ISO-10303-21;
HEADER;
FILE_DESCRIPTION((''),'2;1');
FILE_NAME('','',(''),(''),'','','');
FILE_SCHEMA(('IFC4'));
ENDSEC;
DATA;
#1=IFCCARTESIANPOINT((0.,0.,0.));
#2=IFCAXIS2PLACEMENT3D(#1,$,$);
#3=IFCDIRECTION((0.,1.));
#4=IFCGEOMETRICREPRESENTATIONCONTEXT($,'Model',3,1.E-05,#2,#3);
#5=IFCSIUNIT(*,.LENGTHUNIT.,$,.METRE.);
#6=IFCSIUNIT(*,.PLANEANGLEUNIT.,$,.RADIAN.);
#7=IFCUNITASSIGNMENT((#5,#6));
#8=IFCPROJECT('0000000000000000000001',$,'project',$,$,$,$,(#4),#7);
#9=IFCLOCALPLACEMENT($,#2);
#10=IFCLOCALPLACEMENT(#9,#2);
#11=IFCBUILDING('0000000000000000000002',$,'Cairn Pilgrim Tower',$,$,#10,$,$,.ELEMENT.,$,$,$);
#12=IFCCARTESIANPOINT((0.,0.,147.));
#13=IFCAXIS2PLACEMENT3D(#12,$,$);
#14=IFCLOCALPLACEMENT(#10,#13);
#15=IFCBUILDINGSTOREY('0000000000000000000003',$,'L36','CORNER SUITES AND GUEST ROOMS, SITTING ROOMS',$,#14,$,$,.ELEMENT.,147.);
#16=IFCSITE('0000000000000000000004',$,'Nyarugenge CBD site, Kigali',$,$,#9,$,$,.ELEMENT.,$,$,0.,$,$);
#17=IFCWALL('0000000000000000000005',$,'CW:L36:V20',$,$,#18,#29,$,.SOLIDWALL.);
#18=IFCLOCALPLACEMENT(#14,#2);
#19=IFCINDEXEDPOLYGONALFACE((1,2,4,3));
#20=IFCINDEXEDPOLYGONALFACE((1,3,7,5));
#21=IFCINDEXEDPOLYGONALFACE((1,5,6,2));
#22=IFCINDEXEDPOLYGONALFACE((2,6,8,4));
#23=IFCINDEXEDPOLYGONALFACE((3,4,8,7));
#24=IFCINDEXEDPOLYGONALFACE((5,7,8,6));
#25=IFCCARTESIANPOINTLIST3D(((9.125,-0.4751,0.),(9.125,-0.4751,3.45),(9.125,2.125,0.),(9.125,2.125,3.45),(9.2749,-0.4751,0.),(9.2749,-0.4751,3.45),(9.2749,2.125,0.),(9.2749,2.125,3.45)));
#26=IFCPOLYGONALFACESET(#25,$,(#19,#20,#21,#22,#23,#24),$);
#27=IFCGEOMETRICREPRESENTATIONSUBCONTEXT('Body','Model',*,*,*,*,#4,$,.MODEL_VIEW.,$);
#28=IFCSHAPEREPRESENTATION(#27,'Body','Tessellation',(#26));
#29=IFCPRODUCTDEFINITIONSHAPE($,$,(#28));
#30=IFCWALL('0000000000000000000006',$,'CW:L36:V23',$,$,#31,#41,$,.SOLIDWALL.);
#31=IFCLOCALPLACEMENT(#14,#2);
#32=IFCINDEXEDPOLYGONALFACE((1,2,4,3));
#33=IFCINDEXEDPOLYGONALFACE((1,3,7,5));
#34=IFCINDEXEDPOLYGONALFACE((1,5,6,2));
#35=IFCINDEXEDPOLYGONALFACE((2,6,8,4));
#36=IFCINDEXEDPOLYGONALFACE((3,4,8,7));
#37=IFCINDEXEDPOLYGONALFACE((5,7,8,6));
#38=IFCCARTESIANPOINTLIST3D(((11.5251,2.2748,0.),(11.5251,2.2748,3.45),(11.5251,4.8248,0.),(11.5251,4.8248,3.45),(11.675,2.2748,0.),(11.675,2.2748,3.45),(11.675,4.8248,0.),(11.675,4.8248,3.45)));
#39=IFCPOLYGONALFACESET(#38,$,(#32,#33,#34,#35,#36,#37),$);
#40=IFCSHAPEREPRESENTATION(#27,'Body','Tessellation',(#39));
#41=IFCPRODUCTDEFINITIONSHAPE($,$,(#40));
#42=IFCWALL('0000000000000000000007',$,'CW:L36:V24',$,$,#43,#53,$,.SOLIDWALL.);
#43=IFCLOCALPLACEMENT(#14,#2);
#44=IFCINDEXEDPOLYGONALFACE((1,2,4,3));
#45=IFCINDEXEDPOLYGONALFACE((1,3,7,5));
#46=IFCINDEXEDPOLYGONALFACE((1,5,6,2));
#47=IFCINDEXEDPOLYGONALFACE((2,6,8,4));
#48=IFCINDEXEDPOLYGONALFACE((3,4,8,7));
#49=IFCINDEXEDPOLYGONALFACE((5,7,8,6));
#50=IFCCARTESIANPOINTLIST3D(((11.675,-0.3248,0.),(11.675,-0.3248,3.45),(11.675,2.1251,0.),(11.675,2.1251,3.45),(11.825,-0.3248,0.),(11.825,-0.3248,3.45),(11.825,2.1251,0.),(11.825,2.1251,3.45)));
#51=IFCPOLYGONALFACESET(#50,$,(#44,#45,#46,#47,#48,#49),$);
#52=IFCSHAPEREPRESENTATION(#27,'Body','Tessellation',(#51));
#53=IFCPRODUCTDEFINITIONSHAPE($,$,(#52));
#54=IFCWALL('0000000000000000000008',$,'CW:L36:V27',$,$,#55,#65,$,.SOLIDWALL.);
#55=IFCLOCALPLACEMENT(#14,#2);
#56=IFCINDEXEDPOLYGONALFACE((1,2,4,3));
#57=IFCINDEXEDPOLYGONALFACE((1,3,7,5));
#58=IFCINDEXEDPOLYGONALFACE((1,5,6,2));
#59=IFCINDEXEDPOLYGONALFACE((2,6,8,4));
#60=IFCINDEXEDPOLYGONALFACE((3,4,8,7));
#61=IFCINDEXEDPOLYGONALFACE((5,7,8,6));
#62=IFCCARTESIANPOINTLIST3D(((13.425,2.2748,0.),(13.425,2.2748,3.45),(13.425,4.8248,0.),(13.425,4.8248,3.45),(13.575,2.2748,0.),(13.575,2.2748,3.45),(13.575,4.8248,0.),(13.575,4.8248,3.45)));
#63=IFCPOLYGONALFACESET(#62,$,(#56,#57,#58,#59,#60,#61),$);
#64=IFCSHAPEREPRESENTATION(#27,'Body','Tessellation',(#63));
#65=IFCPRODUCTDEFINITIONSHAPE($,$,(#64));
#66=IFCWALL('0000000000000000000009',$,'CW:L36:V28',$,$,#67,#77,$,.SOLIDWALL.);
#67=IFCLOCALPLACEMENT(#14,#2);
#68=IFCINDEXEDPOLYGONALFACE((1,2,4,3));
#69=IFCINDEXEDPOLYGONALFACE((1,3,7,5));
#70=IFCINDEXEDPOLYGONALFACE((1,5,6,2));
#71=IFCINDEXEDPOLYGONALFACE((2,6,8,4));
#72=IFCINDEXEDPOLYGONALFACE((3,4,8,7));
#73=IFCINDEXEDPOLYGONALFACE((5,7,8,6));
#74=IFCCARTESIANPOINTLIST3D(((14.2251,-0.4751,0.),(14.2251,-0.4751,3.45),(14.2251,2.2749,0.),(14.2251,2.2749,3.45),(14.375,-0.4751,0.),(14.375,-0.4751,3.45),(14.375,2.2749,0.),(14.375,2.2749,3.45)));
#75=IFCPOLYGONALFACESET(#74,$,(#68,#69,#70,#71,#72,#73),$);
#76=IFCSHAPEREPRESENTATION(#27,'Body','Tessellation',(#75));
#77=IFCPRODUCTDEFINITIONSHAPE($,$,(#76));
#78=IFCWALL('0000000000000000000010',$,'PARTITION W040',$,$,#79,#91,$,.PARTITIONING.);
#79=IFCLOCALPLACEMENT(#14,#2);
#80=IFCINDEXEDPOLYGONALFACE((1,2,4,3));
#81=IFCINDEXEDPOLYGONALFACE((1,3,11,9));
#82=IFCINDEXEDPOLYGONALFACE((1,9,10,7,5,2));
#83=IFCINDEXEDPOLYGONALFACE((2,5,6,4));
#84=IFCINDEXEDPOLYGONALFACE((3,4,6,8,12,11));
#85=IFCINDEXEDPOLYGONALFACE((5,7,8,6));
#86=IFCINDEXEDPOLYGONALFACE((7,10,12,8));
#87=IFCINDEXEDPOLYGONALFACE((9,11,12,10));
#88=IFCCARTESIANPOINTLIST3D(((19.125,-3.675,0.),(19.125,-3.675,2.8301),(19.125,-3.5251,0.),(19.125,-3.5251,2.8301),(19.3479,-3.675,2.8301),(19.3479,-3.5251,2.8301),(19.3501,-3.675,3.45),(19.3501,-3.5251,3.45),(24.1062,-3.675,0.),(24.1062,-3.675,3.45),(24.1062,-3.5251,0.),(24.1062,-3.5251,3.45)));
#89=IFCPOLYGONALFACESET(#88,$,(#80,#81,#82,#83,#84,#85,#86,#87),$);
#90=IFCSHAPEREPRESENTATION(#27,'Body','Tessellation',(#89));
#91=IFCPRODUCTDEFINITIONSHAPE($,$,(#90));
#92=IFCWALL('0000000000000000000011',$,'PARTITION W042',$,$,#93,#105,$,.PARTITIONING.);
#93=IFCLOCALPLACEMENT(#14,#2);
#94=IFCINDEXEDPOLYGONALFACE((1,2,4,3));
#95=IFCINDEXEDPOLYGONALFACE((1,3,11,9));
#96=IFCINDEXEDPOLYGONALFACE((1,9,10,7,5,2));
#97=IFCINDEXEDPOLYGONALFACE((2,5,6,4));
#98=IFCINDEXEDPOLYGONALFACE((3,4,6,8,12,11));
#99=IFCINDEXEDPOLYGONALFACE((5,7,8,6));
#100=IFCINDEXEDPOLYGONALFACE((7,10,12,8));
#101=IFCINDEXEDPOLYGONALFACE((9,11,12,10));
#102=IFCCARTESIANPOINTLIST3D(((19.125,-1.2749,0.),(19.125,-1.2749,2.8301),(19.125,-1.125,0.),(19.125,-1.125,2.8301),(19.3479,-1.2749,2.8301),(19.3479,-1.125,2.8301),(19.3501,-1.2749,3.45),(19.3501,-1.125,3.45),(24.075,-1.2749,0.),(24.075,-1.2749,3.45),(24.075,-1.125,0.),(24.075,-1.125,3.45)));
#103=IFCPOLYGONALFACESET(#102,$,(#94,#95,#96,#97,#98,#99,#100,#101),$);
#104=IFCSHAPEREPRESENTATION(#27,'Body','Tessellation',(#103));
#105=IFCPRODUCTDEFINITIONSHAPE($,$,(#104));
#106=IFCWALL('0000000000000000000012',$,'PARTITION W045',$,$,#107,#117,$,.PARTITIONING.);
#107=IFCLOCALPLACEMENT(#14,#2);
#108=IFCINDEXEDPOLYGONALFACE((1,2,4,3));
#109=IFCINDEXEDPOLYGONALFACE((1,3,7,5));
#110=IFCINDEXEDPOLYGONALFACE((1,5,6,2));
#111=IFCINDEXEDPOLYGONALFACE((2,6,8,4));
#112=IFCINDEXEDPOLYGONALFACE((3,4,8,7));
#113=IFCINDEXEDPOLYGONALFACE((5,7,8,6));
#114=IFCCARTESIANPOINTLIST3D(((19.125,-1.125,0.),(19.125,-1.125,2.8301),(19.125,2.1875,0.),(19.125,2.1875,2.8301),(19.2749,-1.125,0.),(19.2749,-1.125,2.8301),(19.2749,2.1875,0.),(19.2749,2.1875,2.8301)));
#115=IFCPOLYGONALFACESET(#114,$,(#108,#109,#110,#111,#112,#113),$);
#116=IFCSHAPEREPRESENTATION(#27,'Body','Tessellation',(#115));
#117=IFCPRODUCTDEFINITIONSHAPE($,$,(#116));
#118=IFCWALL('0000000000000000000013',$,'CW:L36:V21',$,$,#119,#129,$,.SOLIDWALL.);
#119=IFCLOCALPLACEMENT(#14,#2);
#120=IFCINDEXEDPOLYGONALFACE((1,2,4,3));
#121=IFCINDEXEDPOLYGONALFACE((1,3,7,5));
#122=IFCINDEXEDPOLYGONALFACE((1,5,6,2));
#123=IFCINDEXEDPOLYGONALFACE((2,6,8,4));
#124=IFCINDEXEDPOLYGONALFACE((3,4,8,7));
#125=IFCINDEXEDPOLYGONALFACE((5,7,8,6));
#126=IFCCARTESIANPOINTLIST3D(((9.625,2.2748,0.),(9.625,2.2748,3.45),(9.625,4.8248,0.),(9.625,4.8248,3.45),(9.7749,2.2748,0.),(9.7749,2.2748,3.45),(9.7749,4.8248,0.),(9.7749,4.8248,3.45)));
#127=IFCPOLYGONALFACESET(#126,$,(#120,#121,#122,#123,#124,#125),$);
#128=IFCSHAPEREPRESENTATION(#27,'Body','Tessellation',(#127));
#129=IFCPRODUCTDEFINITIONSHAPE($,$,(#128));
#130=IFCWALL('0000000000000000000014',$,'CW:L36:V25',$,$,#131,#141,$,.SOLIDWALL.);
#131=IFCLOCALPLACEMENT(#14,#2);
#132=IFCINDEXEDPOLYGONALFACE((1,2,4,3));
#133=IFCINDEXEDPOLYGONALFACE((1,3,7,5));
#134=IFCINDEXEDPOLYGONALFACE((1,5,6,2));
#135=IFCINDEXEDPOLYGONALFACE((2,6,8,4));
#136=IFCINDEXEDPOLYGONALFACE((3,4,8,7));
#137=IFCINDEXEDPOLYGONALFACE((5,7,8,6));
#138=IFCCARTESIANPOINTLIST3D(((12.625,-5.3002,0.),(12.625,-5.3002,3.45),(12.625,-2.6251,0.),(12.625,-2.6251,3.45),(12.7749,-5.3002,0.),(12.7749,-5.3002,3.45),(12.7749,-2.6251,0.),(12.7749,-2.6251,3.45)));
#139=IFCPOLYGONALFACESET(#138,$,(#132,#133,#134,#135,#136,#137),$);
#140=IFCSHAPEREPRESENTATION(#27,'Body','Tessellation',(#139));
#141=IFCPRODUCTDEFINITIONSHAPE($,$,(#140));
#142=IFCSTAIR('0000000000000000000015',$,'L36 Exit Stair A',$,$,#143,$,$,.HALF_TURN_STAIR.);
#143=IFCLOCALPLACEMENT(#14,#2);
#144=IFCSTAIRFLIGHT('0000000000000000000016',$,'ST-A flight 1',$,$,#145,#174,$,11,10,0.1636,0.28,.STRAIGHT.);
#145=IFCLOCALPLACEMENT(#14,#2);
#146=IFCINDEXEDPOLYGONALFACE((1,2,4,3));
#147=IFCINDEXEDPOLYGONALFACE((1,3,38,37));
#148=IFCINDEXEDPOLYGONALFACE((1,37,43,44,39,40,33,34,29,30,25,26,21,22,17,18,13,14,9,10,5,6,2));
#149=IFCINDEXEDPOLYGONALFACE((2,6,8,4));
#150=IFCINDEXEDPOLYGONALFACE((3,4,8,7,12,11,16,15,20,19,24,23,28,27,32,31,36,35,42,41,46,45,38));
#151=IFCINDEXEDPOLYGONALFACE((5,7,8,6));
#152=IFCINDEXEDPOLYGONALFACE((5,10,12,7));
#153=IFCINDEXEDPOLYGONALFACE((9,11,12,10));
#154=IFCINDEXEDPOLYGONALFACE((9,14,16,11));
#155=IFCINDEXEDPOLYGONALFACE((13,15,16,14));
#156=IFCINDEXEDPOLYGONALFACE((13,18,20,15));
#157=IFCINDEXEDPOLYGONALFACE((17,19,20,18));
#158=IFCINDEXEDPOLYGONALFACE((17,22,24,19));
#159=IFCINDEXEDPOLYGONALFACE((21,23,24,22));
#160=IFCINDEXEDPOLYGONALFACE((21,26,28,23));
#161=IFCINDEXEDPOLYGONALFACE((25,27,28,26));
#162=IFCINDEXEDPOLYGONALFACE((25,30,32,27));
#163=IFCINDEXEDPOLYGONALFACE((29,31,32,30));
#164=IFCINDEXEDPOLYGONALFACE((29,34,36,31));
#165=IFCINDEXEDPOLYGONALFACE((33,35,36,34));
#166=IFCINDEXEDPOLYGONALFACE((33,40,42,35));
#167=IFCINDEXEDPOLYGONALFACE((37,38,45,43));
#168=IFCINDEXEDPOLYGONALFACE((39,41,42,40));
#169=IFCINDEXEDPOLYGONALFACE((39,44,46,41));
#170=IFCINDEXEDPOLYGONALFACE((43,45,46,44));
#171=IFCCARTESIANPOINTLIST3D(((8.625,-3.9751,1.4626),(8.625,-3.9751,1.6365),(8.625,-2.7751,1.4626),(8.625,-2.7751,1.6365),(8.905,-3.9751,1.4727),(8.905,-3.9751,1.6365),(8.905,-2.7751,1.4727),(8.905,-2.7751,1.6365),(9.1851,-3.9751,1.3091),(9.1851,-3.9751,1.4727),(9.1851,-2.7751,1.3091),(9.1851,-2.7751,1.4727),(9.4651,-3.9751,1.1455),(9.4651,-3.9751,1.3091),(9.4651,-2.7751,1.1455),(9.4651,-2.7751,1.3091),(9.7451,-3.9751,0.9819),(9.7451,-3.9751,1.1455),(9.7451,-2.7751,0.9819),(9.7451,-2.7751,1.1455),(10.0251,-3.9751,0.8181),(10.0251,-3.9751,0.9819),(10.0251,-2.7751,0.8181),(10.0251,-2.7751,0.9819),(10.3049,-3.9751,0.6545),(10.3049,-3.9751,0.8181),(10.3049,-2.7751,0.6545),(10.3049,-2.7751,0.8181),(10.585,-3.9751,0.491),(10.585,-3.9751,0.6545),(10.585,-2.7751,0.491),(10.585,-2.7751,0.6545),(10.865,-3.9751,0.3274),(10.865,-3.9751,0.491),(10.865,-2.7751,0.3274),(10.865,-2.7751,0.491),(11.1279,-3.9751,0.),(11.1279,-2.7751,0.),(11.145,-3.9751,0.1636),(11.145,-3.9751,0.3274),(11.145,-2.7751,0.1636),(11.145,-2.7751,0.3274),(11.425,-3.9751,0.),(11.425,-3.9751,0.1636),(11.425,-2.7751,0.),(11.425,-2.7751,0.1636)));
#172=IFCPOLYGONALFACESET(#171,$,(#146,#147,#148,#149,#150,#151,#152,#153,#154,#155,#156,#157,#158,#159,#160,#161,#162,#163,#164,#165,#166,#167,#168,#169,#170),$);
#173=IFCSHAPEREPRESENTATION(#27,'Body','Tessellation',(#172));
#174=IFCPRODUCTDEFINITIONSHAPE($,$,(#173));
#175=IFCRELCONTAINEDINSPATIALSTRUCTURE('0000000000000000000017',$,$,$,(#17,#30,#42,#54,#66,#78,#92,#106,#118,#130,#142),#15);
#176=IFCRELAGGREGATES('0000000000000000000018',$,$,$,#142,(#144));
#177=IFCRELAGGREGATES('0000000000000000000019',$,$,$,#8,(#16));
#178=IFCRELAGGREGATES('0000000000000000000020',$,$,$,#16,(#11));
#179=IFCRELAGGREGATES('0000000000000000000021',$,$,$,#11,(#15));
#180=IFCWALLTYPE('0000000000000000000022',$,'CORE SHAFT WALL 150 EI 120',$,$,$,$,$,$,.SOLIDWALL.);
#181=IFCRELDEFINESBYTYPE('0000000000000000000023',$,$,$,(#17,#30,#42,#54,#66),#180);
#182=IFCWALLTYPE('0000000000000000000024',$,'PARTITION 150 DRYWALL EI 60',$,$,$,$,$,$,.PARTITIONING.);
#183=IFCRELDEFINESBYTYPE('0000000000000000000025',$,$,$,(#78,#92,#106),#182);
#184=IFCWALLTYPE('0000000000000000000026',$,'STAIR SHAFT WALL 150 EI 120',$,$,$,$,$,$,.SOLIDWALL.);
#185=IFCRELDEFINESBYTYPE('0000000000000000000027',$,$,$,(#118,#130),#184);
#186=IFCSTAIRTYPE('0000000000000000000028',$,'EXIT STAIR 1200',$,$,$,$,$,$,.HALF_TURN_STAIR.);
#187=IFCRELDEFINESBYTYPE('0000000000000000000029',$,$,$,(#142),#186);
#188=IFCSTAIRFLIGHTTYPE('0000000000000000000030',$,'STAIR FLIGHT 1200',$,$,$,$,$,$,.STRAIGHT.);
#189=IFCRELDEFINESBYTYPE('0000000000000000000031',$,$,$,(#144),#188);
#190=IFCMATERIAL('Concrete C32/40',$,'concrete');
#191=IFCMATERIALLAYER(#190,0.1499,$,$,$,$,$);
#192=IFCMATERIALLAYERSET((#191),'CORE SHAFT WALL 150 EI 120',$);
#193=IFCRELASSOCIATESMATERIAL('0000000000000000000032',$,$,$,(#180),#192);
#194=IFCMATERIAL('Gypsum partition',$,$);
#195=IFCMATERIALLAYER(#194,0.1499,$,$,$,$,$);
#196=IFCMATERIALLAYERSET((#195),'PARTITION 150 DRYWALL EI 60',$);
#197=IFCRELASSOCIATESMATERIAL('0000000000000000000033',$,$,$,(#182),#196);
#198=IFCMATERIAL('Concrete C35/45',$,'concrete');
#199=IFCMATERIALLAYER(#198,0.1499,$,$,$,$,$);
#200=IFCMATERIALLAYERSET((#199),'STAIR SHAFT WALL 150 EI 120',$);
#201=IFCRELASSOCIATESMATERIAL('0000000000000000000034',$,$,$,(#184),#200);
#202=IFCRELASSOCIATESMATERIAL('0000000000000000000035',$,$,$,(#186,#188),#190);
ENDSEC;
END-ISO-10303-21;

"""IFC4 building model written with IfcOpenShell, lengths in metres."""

from ifc_helpers import new_model, si_unit, direction, frame, frame_2d, origin, place, context, subcontext, project, spatial, polyline, rectangle, outline, extrude, material, layer, layer_set, type_object, element, aggregate, save


model = new_model("IFC4")

# Units and contexts
model_context = context("Model", 3, precision=1e-05, world=origin(), true_north=direction((0.0, 1.0)))
body_context = subcontext(model_context, "Body", "Model", "MODEL_VIEW")
ifc_project = project(units=[si_unit("LENGTHUNIT", "METRE"), si_unit("PLANEANGLEUNIT", "RADIAN")], contexts=[model_context])

# Site, building, storey
site_placement = place(None, origin())
site = spatial("IfcSite", under=ifc_project, at=site_placement, Name="Nyarugenge CBD site, Kigali", CompositionType="ELEMENT", RefElevation=0.0)
building_placement = place(site_placement, origin())
building = spatial("IfcBuilding", under=site, at=building_placement, Name="Cairn Pilgrim Tower", CompositionType="ELEMENT")
storey_placement = place(building_placement, frame((0.0, 0.0, 147.0)))
storey = spatial("IfcBuildingStorey", under=building, at=storey_placement, Name="L36", Description="CORNER SUITES AND GUEST ROOMS, SITTING ROOMS", CompositionType="ELEMENT", Elevation=147.0)

# Shared definitions
ifc_material_1 = material(Name="Concrete C32/40", Category="concrete")

# Shared definitions
ifc_layer_1 = layer(ifc_material_1, 0.1499)
ifc_layer_set_1 = layer_set([ifc_layer_1], Name="CORE SHAFT WALL 150 EI 120")
wall_type_1 = type_object("IfcWallType", Name="CORE SHAFT WALL 150 EI 120", PredefinedType="SOLIDWALL", material=ifc_layer_set_1)

# Walls
wall_1_placement = place(storey_placement, frame((9.2, -0.4751, 0.0), z_axis=(0.0, 0.0, 1.0), x_axis=(0.0, 1.0, 0.0)))
element("IfcWall", 1, at=wall_1_placement, inside=storey, type_object=wall_type_1, Name="CW:L36:V20", PredefinedType="SOLIDWALL", context=body_context, shape_type="SweptSolid", body=[
    extrude(rectangle(XDim=2.6001, YDim=0.1499, at=frame_2d((1.3, 0.0))), origin(), (0.0, 0.0, 1.0), 3.45),
])
wall_2_placement = place(storey_placement, frame((11.6001, 2.2749, 0.0), z_axis=(0.0, 0.0, 1.0), x_axis=(0.0, 1.0, 0.0)))
element("IfcWall", 2, at=wall_2_placement, inside=storey, type_object=wall_type_1, Name="CW:L36:V23", PredefinedType="SOLIDWALL", context=body_context, shape_type="SweptSolid", body=[
    extrude(rectangle(XDim=2.55, YDim=0.1499, at=frame_2d((1.2749, 0.0))), origin(), (0.0, 0.0, 1.0), 3.45),
])
wall_3_placement = place(storey_placement, frame((11.75, -0.325, 0.0), z_axis=(0.0, 0.0, 1.0), x_axis=(0.0, 1.0, 0.0)))
element("IfcWall", 3, at=wall_3_placement, inside=storey, type_object=wall_type_1, Name="CW:L36:V24", PredefinedType="SOLIDWALL", context=body_context, shape_type="SweptSolid", body=[
    extrude(rectangle(XDim=2.45, YDim=0.1499, at=frame_2d((1.2251, 0.0))), origin(), (0.0, 0.0, 1.0), 3.45),
])
wall_4_placement = place(storey_placement, frame((13.5, 2.2749, 0.0), z_axis=(0.0, 0.0, 1.0), x_axis=(0.0, 1.0, 0.0)))
element("IfcWall", 4, at=wall_4_placement, inside=storey, type_object=wall_type_1, Name="CW:L36:V27", PredefinedType="SOLIDWALL", context=body_context, shape_type="SweptSolid", body=[
    extrude(rectangle(XDim=2.55, YDim=0.1499, at=frame_2d((1.2749, 0.0))), origin(), (0.0, 0.0, 1.0), 3.45),
])
wall_5_placement = place(storey_placement, frame((14.3, -0.4751, 0.0), z_axis=(0.0, 0.0, 1.0), x_axis=(0.0, 1.0, 0.0)))
element("IfcWall", 5, at=wall_5_placement, inside=storey, type_object=wall_type_1, Name="CW:L36:V28", PredefinedType="SOLIDWALL", context=body_context, shape_type="SweptSolid", body=[
    extrude(rectangle(XDim=2.75, YDim=0.1499, at=frame_2d((1.375, 0.0))), origin(), (0.0, 0.0, 1.0), 3.45),
])
ifc_material_2 = material(Name="Gypsum partition")
ifc_layer_2 = layer(ifc_material_2, 0.1499)
ifc_layer_set_2 = layer_set([ifc_layer_2], Name="PARTITION 150 DRYWALL EI 60")
wall_type_2 = type_object("IfcWallType", Name="PARTITION 150 DRYWALL EI 60", PredefinedType="PARTITIONING", material=ifc_layer_set_2)
wall_6_placement = place(storey_placement, frame((19.125, -3.6001, 0.0), z_axis=(0.0, 0.0, 1.0), x_axis=(1.0, 0.0, 0.0)))
element("IfcWall", 6, at=wall_6_placement, inside=storey, type_object=wall_type_2, Name="PARTITION W040", PredefinedType="PARTITIONING", context=body_context, shape_type="SweptSolid", body=[
    extrude(outline(polyline([(0.0, 0.0), (4.9812, 0.0), (4.9812, 3.45), (0.2251, 3.45), (0.2229, 2.8301), (0.0, 2.8301), (0.0, 0.0)])), frame((0.0, 0.075, 0.0), z_axis=(0.0, -1.0, 0.0), x_axis=(1.0, 0.0, 0.0)), (0.0, 0.0, 1.0), 0.1499),
])
wall_7_placement = place(storey_placement, frame((19.125, -1.2, 0.0), z_axis=(0.0, 0.0, 1.0), x_axis=(1.0, 0.0, 0.0)))
element("IfcWall", 7, at=wall_7_placement, inside=storey, type_object=wall_type_2, Name="PARTITION W042", PredefinedType="PARTITIONING", context=body_context, shape_type="SweptSolid", body=[
    extrude(outline(polyline([(0.0, 0.0), (4.95, 0.0), (4.95, 3.45), (0.2251, 3.45), (0.2229, 2.8301), (0.0, 2.8301), (0.0, 0.0)])), frame((0.0, 0.075, 0.0), z_axis=(0.0, -1.0, 0.0), x_axis=(1.0, 0.0, 0.0)), (0.0, 0.0, 1.0), 0.1499),
])
wall_8_placement = place(storey_placement, frame((19.2, -1.125, 0.0), z_axis=(0.0, 0.0, 1.0), x_axis=(0.0, 1.0, 0.0)))
element("IfcWall", 8, at=wall_8_placement, inside=storey, type_object=wall_type_2, Name="PARTITION W045", PredefinedType="PARTITIONING", context=body_context, shape_type="SweptSolid", body=[
    extrude(rectangle(XDim=3.3125, YDim=0.1499, at=frame_2d((1.6562, 0.0))), origin(), (0.0, 0.0, 1.0), 2.8301),
])
ifc_material_3 = material(Name="Concrete C35/45", Category="concrete")
ifc_layer_3 = layer(ifc_material_3, 0.1499)
ifc_layer_set_3 = layer_set([ifc_layer_3], Name="STAIR SHAFT WALL 150 EI 120")
wall_type_3 = type_object("IfcWallType", Name="STAIR SHAFT WALL 150 EI 120", PredefinedType="SOLIDWALL", material=ifc_layer_set_3)
wall_9_placement = place(storey_placement, frame((9.7, 2.2749, 0.0), z_axis=(0.0, 0.0, 1.0), x_axis=(0.0, 1.0, 0.0)))
element("IfcWall", 9, at=wall_9_placement, inside=storey, type_object=wall_type_3, Name="CW:L36:V21", PredefinedType="SOLIDWALL", context=body_context, shape_type="SweptSolid", body=[
    extrude(rectangle(XDim=2.55, YDim=0.1499, at=frame_2d((1.2749, 0.0))), origin(), (0.0, 0.0, 1.0), 3.45),
])
wall_10_placement = place(storey_placement, frame((12.7, -5.3, 0.0), z_axis=(0.0, 0.0, 1.0), x_axis=(0.0, 1.0, 0.0)))
element("IfcWall", 10, at=wall_10_placement, inside=storey, type_object=wall_type_3, Name="CW:L36:V25", PredefinedType="SOLIDWALL", context=body_context, shape_type="SweptSolid", body=[
    extrude(rectangle(XDim=2.675, YDim=0.1499, at=frame_2d((1.3374, 0.0))), origin(), (0.0, 0.0, 1.0), 3.45),
])

# Stair, stair flight
stair_type = type_object("IfcStairType", Name="EXIT STAIR 1200", PredefinedType="HALF_TURN_STAIR", material=ifc_material_1)
stair_placement = place(storey_placement, origin())
stair = element("IfcStair", 11, at=stair_placement, inside=storey, type_object=stair_type, Name="L36 Exit Stair A", PredefinedType="HALF_TURN_STAIR")
stair_flight_type = type_object("IfcStairFlightType", Name="STAIR FLIGHT 1200", PredefinedType="STRAIGHT", material=ifc_material_1)
stair_flight_1_placement = place(storey_placement, frame((11.425, -3.375, 0.0), z_axis=(0.0, 0.0, 1.0), x_axis=(-1.0, 0.0, 0.0)))
stair_flight_1 = element("IfcStairFlight", 12, at=stair_flight_1_placement, type_object=stair_flight_type, Name="ST-A flight 1", NumberOfRisers=11, NumberOfTreads=10, PredefinedType="STRAIGHT", RiserHeight=0.1636, TreadLength=0.28, context=body_context, shape_type="SweptSolid", body=[
    extrude(outline(polyline([(0.0, 0.0), (0.0, 0.1636), (0.28, 0.1636), (0.28, 0.3274), (0.5601, 0.3274), (0.5601, 0.491), (0.8401, 0.491), (0.8401, 0.6545), (1.1201, 0.6545), (1.1201, 0.8181), (1.3999, 0.8181), (1.3999, 0.9819), (1.6799, 0.9819), (1.6799, 1.1455), (1.96, 1.1455), (1.96, 1.3091), (2.24, 1.3091), (2.24, 1.4727), (2.52, 1.4727), (2.52, 1.6365), (2.8, 1.6365), (2.8, 1.8), (2.8, 1.4626), (0.2971, 0.0), (0.0, 0.0)])), frame((0.0, 0.6001, 0.0), z_axis=(0.0, -1.0, 0.0), x_axis=(1.0, 0.0, 0.0)), (0.0, 0.0, 1.0), 1.2),
])
aggregate(stair, [stair_flight_1])

save(model, "model.ifc")
